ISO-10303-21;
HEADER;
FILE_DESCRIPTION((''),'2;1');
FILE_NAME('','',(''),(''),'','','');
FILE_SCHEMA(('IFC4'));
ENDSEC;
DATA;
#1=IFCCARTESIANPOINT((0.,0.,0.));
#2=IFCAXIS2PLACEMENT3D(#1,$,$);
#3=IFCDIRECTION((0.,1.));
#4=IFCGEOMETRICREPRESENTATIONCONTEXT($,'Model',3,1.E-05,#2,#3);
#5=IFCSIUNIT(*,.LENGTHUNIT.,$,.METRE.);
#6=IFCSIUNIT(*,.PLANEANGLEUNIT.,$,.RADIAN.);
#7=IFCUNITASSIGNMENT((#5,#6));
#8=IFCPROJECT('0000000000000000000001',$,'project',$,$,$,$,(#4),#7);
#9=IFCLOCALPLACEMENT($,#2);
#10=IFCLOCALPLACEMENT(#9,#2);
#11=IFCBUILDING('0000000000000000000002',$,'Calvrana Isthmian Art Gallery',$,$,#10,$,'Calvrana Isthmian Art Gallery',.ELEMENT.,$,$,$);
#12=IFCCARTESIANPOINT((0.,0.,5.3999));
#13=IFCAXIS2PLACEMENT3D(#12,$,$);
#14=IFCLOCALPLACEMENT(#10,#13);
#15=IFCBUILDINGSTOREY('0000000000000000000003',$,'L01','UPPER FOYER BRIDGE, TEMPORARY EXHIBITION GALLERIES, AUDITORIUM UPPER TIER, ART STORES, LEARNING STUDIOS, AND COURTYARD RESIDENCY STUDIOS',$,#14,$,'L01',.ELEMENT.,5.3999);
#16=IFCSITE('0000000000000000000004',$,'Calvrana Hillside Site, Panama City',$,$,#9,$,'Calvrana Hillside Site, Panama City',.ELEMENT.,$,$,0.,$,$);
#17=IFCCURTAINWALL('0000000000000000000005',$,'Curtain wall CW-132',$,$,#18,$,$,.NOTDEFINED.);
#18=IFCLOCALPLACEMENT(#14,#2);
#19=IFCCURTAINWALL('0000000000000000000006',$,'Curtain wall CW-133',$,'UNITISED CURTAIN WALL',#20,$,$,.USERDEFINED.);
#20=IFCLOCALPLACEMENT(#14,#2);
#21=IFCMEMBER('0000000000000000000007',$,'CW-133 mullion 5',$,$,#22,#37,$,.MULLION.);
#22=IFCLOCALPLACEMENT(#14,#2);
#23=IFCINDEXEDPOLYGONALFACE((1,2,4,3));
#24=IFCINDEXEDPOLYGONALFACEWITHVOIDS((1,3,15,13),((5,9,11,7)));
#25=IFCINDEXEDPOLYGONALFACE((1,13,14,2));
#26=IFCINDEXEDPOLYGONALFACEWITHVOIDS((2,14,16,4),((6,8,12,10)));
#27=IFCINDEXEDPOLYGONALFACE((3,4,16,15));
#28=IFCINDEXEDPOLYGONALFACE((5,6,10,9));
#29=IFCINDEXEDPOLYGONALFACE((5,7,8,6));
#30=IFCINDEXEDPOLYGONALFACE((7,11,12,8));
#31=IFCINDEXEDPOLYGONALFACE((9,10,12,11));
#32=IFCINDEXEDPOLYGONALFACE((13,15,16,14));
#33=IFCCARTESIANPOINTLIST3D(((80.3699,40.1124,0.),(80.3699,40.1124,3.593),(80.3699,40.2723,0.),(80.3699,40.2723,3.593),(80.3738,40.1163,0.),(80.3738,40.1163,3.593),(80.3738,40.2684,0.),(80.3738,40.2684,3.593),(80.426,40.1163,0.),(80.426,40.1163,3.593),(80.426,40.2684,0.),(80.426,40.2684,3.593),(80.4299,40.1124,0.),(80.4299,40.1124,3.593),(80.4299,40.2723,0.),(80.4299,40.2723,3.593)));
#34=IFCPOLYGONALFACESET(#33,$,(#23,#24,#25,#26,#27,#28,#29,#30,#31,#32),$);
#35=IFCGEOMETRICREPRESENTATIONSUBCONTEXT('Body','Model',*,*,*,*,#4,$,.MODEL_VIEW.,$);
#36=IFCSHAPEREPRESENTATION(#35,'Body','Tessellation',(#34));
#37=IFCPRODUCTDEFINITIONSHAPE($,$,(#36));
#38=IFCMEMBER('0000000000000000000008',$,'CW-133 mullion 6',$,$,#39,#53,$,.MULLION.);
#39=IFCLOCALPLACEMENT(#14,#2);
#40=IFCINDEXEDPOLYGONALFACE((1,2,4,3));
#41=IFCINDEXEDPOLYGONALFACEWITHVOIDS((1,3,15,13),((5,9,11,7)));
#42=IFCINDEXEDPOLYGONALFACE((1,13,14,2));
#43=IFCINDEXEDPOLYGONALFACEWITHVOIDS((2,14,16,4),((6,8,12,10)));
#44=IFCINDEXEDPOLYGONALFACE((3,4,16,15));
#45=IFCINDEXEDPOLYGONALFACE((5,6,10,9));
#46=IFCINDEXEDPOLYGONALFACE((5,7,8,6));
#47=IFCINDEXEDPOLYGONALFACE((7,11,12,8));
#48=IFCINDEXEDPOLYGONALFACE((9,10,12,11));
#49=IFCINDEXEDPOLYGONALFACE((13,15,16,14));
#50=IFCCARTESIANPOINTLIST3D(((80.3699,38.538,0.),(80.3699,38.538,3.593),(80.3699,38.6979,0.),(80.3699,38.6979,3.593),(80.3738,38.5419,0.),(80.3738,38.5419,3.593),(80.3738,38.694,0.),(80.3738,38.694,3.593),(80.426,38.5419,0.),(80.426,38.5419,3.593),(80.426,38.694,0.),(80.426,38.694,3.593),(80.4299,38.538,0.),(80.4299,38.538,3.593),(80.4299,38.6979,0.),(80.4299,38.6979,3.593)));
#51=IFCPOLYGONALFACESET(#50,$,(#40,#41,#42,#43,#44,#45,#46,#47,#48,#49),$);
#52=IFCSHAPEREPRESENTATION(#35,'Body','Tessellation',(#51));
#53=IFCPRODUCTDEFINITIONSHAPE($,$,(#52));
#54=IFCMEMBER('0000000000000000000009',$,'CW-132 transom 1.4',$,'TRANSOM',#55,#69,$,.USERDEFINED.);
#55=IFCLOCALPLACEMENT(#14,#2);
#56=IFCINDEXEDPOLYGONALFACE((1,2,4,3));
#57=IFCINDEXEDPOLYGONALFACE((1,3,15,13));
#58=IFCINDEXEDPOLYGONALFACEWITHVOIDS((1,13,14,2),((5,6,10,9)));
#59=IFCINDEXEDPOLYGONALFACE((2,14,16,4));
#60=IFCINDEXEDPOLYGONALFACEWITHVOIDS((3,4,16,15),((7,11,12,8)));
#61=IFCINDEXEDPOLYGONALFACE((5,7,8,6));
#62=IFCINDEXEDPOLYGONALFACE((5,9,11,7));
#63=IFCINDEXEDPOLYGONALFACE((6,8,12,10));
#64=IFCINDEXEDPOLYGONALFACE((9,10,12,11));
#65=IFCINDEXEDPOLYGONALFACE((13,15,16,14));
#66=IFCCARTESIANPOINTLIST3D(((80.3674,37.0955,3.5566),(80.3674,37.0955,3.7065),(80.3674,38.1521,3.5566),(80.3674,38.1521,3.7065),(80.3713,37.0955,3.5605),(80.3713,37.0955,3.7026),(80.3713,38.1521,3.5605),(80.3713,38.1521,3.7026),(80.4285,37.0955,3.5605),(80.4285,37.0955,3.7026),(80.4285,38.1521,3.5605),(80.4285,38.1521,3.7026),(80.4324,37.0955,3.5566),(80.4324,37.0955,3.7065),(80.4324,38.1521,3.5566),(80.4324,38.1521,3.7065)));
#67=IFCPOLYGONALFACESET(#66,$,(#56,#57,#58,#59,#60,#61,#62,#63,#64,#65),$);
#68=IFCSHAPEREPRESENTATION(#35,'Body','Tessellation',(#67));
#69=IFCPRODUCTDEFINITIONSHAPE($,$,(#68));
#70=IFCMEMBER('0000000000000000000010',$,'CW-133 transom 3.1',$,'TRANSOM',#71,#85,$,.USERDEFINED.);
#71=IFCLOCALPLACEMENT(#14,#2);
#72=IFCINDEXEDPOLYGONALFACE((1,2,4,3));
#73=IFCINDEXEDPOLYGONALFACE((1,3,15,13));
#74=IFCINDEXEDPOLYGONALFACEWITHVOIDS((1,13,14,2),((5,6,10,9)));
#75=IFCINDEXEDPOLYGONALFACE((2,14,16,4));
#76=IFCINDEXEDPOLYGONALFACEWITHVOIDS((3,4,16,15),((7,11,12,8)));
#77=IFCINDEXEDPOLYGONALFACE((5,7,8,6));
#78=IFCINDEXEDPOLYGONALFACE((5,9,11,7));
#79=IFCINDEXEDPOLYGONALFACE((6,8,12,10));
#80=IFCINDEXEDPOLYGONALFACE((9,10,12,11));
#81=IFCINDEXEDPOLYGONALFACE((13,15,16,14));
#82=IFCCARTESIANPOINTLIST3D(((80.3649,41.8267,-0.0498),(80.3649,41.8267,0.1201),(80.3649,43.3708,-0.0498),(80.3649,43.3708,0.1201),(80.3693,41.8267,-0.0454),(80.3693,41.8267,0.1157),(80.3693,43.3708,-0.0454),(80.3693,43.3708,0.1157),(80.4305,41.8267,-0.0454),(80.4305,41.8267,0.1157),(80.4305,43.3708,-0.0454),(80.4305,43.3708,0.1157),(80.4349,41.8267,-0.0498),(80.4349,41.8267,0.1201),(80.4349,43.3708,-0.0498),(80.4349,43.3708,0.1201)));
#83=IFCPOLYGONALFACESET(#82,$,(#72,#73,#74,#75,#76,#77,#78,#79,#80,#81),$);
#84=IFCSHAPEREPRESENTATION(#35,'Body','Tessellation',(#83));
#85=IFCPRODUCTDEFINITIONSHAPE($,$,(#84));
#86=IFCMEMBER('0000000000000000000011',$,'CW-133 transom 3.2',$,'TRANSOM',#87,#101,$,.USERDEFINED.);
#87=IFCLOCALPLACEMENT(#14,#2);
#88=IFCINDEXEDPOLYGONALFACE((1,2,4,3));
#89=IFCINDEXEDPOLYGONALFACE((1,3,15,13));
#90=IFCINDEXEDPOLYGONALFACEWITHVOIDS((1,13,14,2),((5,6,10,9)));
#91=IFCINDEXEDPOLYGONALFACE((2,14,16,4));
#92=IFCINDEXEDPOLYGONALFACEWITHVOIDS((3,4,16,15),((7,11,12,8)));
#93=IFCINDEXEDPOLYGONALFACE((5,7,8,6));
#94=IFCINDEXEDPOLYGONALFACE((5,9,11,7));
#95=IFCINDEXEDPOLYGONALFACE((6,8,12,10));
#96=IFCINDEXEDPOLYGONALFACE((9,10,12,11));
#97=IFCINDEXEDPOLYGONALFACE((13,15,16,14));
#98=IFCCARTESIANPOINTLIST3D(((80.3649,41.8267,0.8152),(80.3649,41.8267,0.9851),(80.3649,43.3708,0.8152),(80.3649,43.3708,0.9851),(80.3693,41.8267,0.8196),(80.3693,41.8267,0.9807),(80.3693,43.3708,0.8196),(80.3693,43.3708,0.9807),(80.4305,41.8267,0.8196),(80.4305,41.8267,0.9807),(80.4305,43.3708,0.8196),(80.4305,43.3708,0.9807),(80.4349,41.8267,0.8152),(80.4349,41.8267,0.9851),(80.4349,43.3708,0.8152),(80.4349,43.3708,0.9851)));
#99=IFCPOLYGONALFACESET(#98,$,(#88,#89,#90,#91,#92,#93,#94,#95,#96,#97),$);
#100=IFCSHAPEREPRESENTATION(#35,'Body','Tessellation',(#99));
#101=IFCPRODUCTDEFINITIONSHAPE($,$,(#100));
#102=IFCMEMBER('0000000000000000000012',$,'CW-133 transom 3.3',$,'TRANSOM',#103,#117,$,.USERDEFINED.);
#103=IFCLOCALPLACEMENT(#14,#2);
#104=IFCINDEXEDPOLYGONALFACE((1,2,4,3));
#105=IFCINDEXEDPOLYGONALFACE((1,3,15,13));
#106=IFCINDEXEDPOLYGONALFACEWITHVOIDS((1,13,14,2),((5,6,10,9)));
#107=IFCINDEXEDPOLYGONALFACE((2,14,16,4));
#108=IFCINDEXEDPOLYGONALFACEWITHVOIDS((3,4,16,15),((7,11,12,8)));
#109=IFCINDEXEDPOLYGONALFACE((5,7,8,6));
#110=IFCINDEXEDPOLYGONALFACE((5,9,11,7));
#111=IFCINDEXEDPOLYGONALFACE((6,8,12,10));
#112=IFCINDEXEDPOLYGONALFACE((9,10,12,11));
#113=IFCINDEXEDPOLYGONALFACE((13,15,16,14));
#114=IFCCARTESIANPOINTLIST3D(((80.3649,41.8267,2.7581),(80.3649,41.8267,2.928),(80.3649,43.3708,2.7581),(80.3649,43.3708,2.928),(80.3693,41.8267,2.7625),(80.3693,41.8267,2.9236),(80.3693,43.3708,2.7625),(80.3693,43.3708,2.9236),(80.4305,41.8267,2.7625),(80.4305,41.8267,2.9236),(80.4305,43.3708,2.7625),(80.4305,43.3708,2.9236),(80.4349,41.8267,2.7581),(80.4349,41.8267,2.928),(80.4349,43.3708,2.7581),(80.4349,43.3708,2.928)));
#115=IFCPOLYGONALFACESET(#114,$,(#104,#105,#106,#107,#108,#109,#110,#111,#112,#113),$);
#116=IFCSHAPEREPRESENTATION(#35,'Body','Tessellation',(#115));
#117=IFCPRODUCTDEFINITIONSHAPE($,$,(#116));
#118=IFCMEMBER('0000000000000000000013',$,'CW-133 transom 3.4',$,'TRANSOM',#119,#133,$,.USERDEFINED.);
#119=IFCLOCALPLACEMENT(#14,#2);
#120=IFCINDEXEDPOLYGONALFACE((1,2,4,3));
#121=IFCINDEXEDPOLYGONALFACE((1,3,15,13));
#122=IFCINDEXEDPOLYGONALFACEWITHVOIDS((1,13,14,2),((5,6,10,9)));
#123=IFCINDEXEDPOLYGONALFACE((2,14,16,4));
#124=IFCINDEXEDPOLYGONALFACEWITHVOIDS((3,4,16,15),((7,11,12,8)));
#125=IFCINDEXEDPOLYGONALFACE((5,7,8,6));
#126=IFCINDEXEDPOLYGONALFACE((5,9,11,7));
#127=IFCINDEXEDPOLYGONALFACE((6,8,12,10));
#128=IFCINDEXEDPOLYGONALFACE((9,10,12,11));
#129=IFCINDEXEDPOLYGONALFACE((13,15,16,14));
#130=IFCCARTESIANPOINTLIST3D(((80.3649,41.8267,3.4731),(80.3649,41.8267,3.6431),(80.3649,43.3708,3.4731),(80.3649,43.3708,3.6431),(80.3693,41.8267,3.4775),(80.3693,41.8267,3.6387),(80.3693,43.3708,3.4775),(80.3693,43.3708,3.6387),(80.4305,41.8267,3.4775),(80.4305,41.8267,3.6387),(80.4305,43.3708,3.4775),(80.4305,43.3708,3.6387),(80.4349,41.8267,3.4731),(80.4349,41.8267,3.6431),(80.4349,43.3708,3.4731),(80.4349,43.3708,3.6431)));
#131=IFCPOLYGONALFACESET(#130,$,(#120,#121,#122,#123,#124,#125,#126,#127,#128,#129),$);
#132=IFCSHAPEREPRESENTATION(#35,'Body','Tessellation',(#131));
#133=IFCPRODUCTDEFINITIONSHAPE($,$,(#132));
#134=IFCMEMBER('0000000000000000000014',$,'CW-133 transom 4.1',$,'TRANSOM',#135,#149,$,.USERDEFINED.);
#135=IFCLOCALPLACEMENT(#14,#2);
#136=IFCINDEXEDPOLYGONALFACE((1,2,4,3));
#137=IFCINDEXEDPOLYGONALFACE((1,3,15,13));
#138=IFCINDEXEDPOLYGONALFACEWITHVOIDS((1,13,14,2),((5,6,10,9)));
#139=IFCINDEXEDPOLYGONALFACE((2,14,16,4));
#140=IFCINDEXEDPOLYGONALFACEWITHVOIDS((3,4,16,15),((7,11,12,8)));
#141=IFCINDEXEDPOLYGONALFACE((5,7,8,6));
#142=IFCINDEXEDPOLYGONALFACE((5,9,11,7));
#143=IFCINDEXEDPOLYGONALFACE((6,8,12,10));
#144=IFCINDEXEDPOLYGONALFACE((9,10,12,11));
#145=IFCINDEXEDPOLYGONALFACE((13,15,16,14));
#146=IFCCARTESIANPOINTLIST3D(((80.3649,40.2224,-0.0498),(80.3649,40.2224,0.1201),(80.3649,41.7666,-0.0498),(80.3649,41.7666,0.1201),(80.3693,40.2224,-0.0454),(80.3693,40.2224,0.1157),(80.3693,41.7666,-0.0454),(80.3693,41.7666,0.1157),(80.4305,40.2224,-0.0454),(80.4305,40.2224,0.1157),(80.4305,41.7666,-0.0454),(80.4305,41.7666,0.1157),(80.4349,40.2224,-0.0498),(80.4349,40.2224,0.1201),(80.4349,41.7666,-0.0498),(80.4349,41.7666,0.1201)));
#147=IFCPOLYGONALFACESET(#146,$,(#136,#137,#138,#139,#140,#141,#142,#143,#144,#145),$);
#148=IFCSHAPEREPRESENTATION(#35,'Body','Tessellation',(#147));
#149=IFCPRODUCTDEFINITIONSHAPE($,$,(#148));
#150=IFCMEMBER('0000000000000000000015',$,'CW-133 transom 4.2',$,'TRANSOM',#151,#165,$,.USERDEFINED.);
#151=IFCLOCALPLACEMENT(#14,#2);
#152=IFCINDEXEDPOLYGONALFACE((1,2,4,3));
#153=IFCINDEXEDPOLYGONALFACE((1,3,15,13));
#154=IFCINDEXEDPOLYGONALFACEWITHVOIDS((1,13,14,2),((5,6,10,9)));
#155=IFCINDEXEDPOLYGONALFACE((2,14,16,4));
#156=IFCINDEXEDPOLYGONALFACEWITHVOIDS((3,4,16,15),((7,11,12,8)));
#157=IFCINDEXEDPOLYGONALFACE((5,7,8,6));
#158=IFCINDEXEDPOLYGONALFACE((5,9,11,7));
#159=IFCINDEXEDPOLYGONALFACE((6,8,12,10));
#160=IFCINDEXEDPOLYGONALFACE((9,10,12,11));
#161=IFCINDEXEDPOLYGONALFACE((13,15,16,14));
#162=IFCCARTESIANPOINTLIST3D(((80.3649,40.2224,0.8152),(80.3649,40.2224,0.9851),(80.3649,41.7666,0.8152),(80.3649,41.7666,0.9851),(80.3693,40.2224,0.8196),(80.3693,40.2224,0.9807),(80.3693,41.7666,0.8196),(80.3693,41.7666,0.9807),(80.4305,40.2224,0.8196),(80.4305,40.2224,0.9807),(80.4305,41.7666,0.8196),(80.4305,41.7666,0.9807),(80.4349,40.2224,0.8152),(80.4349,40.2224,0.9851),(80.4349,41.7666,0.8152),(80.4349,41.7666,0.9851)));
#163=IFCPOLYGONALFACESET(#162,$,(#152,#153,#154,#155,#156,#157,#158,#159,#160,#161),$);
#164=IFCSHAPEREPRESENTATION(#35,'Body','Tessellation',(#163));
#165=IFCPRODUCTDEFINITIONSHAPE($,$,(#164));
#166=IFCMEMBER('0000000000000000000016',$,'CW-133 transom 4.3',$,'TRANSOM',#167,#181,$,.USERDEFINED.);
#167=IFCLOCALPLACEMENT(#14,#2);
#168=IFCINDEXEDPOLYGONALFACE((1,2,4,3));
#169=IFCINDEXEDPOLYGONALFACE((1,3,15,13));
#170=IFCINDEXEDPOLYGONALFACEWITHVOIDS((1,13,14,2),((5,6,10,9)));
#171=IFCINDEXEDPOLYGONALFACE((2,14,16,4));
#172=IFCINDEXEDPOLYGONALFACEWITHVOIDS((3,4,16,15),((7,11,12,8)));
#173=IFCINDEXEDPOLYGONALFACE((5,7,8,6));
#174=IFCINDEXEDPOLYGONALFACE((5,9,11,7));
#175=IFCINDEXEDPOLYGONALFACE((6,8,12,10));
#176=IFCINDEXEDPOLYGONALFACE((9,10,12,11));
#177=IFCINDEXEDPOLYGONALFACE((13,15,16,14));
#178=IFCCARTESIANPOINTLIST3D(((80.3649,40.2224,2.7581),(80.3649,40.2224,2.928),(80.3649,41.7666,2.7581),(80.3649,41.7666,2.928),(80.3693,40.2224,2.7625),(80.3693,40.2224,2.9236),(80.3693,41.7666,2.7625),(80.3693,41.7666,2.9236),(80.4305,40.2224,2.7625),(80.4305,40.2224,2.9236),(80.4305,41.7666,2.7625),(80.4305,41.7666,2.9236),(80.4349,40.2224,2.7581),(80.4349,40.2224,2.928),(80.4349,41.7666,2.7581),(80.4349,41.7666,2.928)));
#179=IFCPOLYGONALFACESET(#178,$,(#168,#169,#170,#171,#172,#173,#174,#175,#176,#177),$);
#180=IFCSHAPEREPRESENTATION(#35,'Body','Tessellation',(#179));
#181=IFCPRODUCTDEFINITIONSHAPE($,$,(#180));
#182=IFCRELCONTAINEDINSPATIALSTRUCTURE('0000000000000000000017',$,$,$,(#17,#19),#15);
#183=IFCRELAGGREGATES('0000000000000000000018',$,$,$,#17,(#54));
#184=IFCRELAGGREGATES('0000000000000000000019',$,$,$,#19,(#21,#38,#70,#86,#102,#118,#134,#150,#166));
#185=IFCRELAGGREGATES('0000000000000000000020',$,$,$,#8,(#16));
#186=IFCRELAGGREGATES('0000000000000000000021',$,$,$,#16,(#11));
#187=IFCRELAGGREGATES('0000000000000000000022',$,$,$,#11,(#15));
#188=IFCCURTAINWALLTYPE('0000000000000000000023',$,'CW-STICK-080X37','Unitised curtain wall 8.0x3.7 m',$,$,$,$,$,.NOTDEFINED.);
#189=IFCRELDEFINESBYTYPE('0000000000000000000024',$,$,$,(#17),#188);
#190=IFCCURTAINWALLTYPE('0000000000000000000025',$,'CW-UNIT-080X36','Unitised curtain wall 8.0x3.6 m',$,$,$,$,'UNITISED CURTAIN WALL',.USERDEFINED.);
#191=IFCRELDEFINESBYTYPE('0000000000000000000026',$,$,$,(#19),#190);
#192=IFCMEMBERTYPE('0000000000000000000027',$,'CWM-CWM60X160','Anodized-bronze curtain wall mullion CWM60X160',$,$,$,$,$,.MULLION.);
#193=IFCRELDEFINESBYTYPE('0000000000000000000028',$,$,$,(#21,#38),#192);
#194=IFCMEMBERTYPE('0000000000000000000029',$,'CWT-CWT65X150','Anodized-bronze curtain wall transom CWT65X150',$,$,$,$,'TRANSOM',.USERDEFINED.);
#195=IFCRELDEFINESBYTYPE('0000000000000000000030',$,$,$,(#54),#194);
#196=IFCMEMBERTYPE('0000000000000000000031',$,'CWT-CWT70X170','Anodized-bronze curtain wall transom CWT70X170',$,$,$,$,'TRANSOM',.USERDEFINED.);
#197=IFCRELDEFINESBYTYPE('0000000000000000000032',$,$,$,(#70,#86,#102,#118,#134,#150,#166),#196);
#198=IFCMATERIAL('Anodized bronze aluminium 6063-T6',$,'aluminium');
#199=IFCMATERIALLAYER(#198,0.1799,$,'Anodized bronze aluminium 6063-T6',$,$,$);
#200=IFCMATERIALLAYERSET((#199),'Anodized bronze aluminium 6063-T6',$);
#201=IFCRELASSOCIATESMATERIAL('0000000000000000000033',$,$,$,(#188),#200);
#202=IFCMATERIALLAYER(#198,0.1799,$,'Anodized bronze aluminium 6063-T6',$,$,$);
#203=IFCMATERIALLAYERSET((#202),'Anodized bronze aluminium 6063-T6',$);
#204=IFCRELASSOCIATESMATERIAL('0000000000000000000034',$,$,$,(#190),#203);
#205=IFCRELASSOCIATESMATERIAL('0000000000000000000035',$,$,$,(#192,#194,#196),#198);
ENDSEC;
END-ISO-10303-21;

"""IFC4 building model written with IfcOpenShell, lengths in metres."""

from ifc_helpers import new_model, si_unit, direction, frame, origin, origin_2d, place, context, subcontext, project, spatial, hollow_rectangle, extrude, material, layer, layer_set, material_profile, profile_set, type_object, element, aggregate, save


model = new_model("IFC4")

# Units and contexts
model_context = context("Model", 3, precision=1e-05, world=origin(), true_north=direction((0.0, 1.0)))
body_context = subcontext(model_context, "Body", "Model", "MODEL_VIEW")
ifc_project = project(units=[si_unit("LENGTHUNIT", "METRE"), si_unit("PLANEANGLEUNIT", "RADIAN")], contexts=[model_context])

# Site, building, storey
site_placement = place(None, origin())
site = spatial("IfcSite", under=ifc_project, at=site_placement, Name="Calvrana Hillside Site, Panama City", LongName="Calvrana Hillside Site, Panama City", CompositionType="ELEMENT", RefElevation=0.0)
building_placement = place(site_placement, origin())
building = spatial("IfcBuilding", under=site, at=building_placement, Name="Calvrana Isthmian Art Gallery", LongName="Calvrana Isthmian Art Gallery", CompositionType="ELEMENT")
storey_placement = place(building_placement, frame((0.0, 0.0, 5.3999)))
storey = spatial("IfcBuildingStorey", under=building, at=storey_placement, Name="L01", Description="UPPER FOYER BRIDGE, TEMPORARY EXHIBITION GALLERIES, AUDITORIUM UPPER TIER, ART STORES, LEARNING STUDIOS, AND COURTYARD RESIDENCY STUDIOS", LongName="L01", CompositionType="ELEMENT", Elevation=5.3999)

# Curtain wall
ifc_material_1 = material(Name="Anodized bronze aluminium 6063-T6", Category="aluminium")
ifc_layer_1 = layer(ifc_material_1, 0.1799, Name="Anodized bronze aluminium 6063-T6")
ifc_layer_set_1 = layer_set([ifc_layer_1], Name="Anodized bronze aluminium 6063-T6")
curtain_wall_type_1 = type_object("IfcCurtainWallType", Name="CW-STICK-080X37", Description="Unitised curtain wall 8.0x3.7 m", PredefinedType="NOTDEFINED", material=ifc_layer_set_1)
curtain_wall_1_placement = place(storey_placement, origin())
curtain_wall_1 = element("IfcCurtainWall", 1, at=curtain_wall_1_placement, inside=storey, type_object=curtain_wall_type_1, Name="Curtain wall CW-132", PredefinedType="NOTDEFINED")

# Curtain wall, members
ifc_layer_2 = layer(ifc_material_1, 0.1799, Name="Anodized bronze aluminium 6063-T6")
ifc_layer_set_2 = layer_set([ifc_layer_2], Name="Anodized bronze aluminium 6063-T6")
curtain_wall_type_2 = type_object("IfcCurtainWallType", Name="CW-UNIT-080X36", Description="Unitised curtain wall 8.0x3.6 m", ElementType="UNITISED CURTAIN WALL", PredefinedType="USERDEFINED", material=ifc_layer_set_2)
curtain_wall_2_placement = place(storey_placement, origin())
curtain_wall_2 = element("IfcCurtainWall", 2, at=curtain_wall_2_placement, inside=storey, type_object=curtain_wall_type_2, Name="Curtain wall CW-133", ObjectType="UNITISED CURTAIN WALL", PredefinedType="USERDEFINED")
ifc_material_profile_1 = material_profile(ifc_material_1, hollow_rectangle(XDim=0.0601, YDim=0.1599, WallThickness=0.0039, at=origin_2d()), Name="CWM60X160")
ifc_profile_set_1 = profile_set([ifc_material_profile_1], Name="Anodized bronze aluminium 6063-T6")
member_type_1 = type_object("IfcMemberType", Name="CWM-CWM60X160", Description="Anodized-bronze curtain wall mullion CWM60X160", PredefinedType="MULLION", material=ifc_profile_set_1)
member_1_placement = place(storey_placement, frame((80.3999, 40.1924, 0.0), z_axis=(0.0, 0.0, 1.0), x_axis=(1.0, 0.0, 0.0)))
member_1 = element("IfcMember", 3, at=member_1_placement, type_object=member_type_1, Name="CW-133 mullion 5", PredefinedType="MULLION", context=body_context, shape_type="SweptSolid", body=[
    extrude(hollow_rectangle(XDim=0.0601, YDim=0.1599, WallThickness=0.0039, at=origin_2d()), origin(), (0.0, 0.0, 1.0), 3.593),
])
member_2_placement = place(storey_placement, frame((80.3999, 38.6179, 0.0), z_axis=(0.0, 0.0, 1.0), x_axis=(1.0, 0.0, 0.0)))
member_2 = element("IfcMember", 4, at=member_2_placement, type_object=member_type_1, Name="CW-133 mullion 6", PredefinedType="MULLION", context=body_context, shape_type="SweptSolid", body=[
    extrude(hollow_rectangle(XDim=0.0601, YDim=0.1599, WallThickness=0.0039, at=origin_2d()), origin(), (0.0, 0.0, 1.0), 3.593),
])

# Members
ifc_material_profile_2 = material_profile(ifc_material_1, hollow_rectangle(XDim=0.0649, YDim=0.1499, WallThickness=0.0039, at=origin_2d()), Name="CWT65X150")
ifc_profile_set_2 = profile_set([ifc_material_profile_2], Name="Anodized bronze aluminium 6063-T6")
member_type_2 = type_object("IfcMemberType", Name="CWT-CWT65X150", Description="Anodized-bronze curtain wall transom CWT65X150", ElementType="TRANSOM", PredefinedType="USERDEFINED", material=ifc_profile_set_2)
member_3_placement = place(storey_placement, frame((80.3999, 38.1521, 3.6316), z_axis=(0.0, -1.0, 0.0), x_axis=(1.0, 0.0, 0.0)))
member_3 = element("IfcMember", 5, at=member_3_placement, type_object=member_type_2, Name="CW-132 transom 1.4", ObjectType="TRANSOM", PredefinedType="USERDEFINED", context=body_context, shape_type="SweptSolid", body=[
    extrude(hollow_rectangle(XDim=0.0649, YDim=0.1499, WallThickness=0.0039, at=origin_2d()), origin(), (0.0, 0.0, 1.0), 1.0566),
])
aggregate(curtain_wall_1, [member_3])
ifc_material_profile_3 = material_profile(ifc_material_1, hollow_rectangle(XDim=0.0701, YDim=0.1699, WallThickness=0.0044, at=origin_2d()), Name="CWT70X170")
ifc_profile_set_3 = profile_set([ifc_material_profile_3], Name="Anodized bronze aluminium 6063-T6")
member_type_3 = type_object("IfcMemberType", Name="CWT-CWT70X170", Description="Anodized-bronze curtain wall transom CWT70X170", ElementType="TRANSOM", PredefinedType="USERDEFINED", material=ifc_profile_set_3)
member_4_placement = place(storey_placement, frame((80.3999, 43.3708, 0.0352), z_axis=(0.0, -1.0, 0.0), x_axis=(1.0, 0.0, 0.0)))
member_4 = element("IfcMember", 6, at=member_4_placement, type_object=member_type_3, Name="CW-133 transom 3.1", ObjectType="TRANSOM", PredefinedType="USERDEFINED", context=body_context, shape_type="SweptSolid", body=[
    extrude(hollow_rectangle(XDim=0.0701, YDim=0.1699, WallThickness=0.0044, at=origin_2d()), origin(), (0.0, 0.0, 1.0), 1.5442),
])
member_5_placement = place(storey_placement, frame((80.3999, 43.3708, 0.9001), z_axis=(0.0, -1.0, 0.0), x_axis=(1.0, 0.0, 0.0)))
member_5 = element("IfcMember", 7, at=member_5_placement, type_object=member_type_3, Name="CW-133 transom 3.2", ObjectType="TRANSOM", PredefinedType="USERDEFINED", context=body_context, shape_type="SweptSolid", body=[
    extrude(hollow_rectangle(XDim=0.0701, YDim=0.1699, WallThickness=0.0044, at=origin_2d()), origin(), (0.0, 0.0, 1.0), 1.5442),
])
member_6_placement = place(storey_placement, frame((80.3999, 43.3708, 2.843), z_axis=(0.0, -1.0, 0.0), x_axis=(1.0, 0.0, 0.0)))
member_6 = element("IfcMember", 8, at=member_6_placement, type_object=member_type_3, Name="CW-133 transom 3.3", ObjectType="TRANSOM", PredefinedType="USERDEFINED", context=body_context, shape_type="SweptSolid", body=[
    extrude(hollow_rectangle(XDim=0.0701, YDim=0.1699, WallThickness=0.0044, at=origin_2d()), origin(), (0.0, 0.0, 1.0), 1.5442),
])
member_7_placement = place(storey_placement, frame((80.3999, 43.3708, 3.5581), z_axis=(0.0, -1.0, 0.0), x_axis=(1.0, 0.0, 0.0)))
member_7 = element("IfcMember", 9, at=member_7_placement, type_object=member_type_3, Name="CW-133 transom 3.4", ObjectType="TRANSOM", PredefinedType="USERDEFINED", context=body_context, shape_type="SweptSolid", body=[
    extrude(hollow_rectangle(XDim=0.0701, YDim=0.1699, WallThickness=0.0044, at=origin_2d()), origin(), (0.0, 0.0, 1.0), 1.5442),
])
member_8_placement = place(storey_placement, frame((80.3999, 41.7666, 0.0352), z_axis=(0.0, -1.0, 0.0), x_axis=(1.0, 0.0, 0.0)))
member_8 = element("IfcMember", 10, at=member_8_placement, type_object=member_type_3, Name="CW-133 transom 4.1", ObjectType="TRANSOM", PredefinedType="USERDEFINED", context=body_context, shape_type="SweptSolid", body=[
    extrude(hollow_rectangle(XDim=0.0701, YDim=0.1699, WallThickness=0.0044, at=origin_2d()), origin(), (0.0, 0.0, 1.0), 1.5442),
])
member_9_placement = place(storey_placement, frame((80.3999, 41.7666, 0.9001), z_axis=(0.0, -1.0, 0.0), x_axis=(1.0, 0.0, 0.0)))
member_9 = element("IfcMember", 11, at=member_9_placement, type_object=member_type_3, Name="CW-133 transom 4.2", ObjectType="TRANSOM", PredefinedType="USERDEFINED", context=body_context, shape_type="SweptSolid", body=[
    extrude(hollow_rectangle(XDim=0.0701, YDim=0.1699, WallThickness=0.0044, at=origin_2d()), origin(), (0.0, 0.0, 1.0), 1.5442),
])
member_10_placement = place(storey_placement, frame((80.3999, 41.7666, 2.843), z_axis=(0.0, -1.0, 0.0), x_axis=(1.0, 0.0, 0.0)))
member_10 = element("IfcMember", 12, at=member_10_placement, type_object=member_type_3, Name="CW-133 transom 4.3", ObjectType="TRANSOM", PredefinedType="USERDEFINED", context=body_context, shape_type="SweptSolid", body=[
    extrude(hollow_rectangle(XDim=0.0701, YDim=0.1699, WallThickness=0.0044, at=origin_2d()), origin(), (0.0, 0.0, 1.0), 1.5442),
])

aggregate(curtain_wall_2, [member_1, member_2, member_4, member_5, member_6, member_7, member_8, member_9, member_10])

save(model, "model.ifc")
